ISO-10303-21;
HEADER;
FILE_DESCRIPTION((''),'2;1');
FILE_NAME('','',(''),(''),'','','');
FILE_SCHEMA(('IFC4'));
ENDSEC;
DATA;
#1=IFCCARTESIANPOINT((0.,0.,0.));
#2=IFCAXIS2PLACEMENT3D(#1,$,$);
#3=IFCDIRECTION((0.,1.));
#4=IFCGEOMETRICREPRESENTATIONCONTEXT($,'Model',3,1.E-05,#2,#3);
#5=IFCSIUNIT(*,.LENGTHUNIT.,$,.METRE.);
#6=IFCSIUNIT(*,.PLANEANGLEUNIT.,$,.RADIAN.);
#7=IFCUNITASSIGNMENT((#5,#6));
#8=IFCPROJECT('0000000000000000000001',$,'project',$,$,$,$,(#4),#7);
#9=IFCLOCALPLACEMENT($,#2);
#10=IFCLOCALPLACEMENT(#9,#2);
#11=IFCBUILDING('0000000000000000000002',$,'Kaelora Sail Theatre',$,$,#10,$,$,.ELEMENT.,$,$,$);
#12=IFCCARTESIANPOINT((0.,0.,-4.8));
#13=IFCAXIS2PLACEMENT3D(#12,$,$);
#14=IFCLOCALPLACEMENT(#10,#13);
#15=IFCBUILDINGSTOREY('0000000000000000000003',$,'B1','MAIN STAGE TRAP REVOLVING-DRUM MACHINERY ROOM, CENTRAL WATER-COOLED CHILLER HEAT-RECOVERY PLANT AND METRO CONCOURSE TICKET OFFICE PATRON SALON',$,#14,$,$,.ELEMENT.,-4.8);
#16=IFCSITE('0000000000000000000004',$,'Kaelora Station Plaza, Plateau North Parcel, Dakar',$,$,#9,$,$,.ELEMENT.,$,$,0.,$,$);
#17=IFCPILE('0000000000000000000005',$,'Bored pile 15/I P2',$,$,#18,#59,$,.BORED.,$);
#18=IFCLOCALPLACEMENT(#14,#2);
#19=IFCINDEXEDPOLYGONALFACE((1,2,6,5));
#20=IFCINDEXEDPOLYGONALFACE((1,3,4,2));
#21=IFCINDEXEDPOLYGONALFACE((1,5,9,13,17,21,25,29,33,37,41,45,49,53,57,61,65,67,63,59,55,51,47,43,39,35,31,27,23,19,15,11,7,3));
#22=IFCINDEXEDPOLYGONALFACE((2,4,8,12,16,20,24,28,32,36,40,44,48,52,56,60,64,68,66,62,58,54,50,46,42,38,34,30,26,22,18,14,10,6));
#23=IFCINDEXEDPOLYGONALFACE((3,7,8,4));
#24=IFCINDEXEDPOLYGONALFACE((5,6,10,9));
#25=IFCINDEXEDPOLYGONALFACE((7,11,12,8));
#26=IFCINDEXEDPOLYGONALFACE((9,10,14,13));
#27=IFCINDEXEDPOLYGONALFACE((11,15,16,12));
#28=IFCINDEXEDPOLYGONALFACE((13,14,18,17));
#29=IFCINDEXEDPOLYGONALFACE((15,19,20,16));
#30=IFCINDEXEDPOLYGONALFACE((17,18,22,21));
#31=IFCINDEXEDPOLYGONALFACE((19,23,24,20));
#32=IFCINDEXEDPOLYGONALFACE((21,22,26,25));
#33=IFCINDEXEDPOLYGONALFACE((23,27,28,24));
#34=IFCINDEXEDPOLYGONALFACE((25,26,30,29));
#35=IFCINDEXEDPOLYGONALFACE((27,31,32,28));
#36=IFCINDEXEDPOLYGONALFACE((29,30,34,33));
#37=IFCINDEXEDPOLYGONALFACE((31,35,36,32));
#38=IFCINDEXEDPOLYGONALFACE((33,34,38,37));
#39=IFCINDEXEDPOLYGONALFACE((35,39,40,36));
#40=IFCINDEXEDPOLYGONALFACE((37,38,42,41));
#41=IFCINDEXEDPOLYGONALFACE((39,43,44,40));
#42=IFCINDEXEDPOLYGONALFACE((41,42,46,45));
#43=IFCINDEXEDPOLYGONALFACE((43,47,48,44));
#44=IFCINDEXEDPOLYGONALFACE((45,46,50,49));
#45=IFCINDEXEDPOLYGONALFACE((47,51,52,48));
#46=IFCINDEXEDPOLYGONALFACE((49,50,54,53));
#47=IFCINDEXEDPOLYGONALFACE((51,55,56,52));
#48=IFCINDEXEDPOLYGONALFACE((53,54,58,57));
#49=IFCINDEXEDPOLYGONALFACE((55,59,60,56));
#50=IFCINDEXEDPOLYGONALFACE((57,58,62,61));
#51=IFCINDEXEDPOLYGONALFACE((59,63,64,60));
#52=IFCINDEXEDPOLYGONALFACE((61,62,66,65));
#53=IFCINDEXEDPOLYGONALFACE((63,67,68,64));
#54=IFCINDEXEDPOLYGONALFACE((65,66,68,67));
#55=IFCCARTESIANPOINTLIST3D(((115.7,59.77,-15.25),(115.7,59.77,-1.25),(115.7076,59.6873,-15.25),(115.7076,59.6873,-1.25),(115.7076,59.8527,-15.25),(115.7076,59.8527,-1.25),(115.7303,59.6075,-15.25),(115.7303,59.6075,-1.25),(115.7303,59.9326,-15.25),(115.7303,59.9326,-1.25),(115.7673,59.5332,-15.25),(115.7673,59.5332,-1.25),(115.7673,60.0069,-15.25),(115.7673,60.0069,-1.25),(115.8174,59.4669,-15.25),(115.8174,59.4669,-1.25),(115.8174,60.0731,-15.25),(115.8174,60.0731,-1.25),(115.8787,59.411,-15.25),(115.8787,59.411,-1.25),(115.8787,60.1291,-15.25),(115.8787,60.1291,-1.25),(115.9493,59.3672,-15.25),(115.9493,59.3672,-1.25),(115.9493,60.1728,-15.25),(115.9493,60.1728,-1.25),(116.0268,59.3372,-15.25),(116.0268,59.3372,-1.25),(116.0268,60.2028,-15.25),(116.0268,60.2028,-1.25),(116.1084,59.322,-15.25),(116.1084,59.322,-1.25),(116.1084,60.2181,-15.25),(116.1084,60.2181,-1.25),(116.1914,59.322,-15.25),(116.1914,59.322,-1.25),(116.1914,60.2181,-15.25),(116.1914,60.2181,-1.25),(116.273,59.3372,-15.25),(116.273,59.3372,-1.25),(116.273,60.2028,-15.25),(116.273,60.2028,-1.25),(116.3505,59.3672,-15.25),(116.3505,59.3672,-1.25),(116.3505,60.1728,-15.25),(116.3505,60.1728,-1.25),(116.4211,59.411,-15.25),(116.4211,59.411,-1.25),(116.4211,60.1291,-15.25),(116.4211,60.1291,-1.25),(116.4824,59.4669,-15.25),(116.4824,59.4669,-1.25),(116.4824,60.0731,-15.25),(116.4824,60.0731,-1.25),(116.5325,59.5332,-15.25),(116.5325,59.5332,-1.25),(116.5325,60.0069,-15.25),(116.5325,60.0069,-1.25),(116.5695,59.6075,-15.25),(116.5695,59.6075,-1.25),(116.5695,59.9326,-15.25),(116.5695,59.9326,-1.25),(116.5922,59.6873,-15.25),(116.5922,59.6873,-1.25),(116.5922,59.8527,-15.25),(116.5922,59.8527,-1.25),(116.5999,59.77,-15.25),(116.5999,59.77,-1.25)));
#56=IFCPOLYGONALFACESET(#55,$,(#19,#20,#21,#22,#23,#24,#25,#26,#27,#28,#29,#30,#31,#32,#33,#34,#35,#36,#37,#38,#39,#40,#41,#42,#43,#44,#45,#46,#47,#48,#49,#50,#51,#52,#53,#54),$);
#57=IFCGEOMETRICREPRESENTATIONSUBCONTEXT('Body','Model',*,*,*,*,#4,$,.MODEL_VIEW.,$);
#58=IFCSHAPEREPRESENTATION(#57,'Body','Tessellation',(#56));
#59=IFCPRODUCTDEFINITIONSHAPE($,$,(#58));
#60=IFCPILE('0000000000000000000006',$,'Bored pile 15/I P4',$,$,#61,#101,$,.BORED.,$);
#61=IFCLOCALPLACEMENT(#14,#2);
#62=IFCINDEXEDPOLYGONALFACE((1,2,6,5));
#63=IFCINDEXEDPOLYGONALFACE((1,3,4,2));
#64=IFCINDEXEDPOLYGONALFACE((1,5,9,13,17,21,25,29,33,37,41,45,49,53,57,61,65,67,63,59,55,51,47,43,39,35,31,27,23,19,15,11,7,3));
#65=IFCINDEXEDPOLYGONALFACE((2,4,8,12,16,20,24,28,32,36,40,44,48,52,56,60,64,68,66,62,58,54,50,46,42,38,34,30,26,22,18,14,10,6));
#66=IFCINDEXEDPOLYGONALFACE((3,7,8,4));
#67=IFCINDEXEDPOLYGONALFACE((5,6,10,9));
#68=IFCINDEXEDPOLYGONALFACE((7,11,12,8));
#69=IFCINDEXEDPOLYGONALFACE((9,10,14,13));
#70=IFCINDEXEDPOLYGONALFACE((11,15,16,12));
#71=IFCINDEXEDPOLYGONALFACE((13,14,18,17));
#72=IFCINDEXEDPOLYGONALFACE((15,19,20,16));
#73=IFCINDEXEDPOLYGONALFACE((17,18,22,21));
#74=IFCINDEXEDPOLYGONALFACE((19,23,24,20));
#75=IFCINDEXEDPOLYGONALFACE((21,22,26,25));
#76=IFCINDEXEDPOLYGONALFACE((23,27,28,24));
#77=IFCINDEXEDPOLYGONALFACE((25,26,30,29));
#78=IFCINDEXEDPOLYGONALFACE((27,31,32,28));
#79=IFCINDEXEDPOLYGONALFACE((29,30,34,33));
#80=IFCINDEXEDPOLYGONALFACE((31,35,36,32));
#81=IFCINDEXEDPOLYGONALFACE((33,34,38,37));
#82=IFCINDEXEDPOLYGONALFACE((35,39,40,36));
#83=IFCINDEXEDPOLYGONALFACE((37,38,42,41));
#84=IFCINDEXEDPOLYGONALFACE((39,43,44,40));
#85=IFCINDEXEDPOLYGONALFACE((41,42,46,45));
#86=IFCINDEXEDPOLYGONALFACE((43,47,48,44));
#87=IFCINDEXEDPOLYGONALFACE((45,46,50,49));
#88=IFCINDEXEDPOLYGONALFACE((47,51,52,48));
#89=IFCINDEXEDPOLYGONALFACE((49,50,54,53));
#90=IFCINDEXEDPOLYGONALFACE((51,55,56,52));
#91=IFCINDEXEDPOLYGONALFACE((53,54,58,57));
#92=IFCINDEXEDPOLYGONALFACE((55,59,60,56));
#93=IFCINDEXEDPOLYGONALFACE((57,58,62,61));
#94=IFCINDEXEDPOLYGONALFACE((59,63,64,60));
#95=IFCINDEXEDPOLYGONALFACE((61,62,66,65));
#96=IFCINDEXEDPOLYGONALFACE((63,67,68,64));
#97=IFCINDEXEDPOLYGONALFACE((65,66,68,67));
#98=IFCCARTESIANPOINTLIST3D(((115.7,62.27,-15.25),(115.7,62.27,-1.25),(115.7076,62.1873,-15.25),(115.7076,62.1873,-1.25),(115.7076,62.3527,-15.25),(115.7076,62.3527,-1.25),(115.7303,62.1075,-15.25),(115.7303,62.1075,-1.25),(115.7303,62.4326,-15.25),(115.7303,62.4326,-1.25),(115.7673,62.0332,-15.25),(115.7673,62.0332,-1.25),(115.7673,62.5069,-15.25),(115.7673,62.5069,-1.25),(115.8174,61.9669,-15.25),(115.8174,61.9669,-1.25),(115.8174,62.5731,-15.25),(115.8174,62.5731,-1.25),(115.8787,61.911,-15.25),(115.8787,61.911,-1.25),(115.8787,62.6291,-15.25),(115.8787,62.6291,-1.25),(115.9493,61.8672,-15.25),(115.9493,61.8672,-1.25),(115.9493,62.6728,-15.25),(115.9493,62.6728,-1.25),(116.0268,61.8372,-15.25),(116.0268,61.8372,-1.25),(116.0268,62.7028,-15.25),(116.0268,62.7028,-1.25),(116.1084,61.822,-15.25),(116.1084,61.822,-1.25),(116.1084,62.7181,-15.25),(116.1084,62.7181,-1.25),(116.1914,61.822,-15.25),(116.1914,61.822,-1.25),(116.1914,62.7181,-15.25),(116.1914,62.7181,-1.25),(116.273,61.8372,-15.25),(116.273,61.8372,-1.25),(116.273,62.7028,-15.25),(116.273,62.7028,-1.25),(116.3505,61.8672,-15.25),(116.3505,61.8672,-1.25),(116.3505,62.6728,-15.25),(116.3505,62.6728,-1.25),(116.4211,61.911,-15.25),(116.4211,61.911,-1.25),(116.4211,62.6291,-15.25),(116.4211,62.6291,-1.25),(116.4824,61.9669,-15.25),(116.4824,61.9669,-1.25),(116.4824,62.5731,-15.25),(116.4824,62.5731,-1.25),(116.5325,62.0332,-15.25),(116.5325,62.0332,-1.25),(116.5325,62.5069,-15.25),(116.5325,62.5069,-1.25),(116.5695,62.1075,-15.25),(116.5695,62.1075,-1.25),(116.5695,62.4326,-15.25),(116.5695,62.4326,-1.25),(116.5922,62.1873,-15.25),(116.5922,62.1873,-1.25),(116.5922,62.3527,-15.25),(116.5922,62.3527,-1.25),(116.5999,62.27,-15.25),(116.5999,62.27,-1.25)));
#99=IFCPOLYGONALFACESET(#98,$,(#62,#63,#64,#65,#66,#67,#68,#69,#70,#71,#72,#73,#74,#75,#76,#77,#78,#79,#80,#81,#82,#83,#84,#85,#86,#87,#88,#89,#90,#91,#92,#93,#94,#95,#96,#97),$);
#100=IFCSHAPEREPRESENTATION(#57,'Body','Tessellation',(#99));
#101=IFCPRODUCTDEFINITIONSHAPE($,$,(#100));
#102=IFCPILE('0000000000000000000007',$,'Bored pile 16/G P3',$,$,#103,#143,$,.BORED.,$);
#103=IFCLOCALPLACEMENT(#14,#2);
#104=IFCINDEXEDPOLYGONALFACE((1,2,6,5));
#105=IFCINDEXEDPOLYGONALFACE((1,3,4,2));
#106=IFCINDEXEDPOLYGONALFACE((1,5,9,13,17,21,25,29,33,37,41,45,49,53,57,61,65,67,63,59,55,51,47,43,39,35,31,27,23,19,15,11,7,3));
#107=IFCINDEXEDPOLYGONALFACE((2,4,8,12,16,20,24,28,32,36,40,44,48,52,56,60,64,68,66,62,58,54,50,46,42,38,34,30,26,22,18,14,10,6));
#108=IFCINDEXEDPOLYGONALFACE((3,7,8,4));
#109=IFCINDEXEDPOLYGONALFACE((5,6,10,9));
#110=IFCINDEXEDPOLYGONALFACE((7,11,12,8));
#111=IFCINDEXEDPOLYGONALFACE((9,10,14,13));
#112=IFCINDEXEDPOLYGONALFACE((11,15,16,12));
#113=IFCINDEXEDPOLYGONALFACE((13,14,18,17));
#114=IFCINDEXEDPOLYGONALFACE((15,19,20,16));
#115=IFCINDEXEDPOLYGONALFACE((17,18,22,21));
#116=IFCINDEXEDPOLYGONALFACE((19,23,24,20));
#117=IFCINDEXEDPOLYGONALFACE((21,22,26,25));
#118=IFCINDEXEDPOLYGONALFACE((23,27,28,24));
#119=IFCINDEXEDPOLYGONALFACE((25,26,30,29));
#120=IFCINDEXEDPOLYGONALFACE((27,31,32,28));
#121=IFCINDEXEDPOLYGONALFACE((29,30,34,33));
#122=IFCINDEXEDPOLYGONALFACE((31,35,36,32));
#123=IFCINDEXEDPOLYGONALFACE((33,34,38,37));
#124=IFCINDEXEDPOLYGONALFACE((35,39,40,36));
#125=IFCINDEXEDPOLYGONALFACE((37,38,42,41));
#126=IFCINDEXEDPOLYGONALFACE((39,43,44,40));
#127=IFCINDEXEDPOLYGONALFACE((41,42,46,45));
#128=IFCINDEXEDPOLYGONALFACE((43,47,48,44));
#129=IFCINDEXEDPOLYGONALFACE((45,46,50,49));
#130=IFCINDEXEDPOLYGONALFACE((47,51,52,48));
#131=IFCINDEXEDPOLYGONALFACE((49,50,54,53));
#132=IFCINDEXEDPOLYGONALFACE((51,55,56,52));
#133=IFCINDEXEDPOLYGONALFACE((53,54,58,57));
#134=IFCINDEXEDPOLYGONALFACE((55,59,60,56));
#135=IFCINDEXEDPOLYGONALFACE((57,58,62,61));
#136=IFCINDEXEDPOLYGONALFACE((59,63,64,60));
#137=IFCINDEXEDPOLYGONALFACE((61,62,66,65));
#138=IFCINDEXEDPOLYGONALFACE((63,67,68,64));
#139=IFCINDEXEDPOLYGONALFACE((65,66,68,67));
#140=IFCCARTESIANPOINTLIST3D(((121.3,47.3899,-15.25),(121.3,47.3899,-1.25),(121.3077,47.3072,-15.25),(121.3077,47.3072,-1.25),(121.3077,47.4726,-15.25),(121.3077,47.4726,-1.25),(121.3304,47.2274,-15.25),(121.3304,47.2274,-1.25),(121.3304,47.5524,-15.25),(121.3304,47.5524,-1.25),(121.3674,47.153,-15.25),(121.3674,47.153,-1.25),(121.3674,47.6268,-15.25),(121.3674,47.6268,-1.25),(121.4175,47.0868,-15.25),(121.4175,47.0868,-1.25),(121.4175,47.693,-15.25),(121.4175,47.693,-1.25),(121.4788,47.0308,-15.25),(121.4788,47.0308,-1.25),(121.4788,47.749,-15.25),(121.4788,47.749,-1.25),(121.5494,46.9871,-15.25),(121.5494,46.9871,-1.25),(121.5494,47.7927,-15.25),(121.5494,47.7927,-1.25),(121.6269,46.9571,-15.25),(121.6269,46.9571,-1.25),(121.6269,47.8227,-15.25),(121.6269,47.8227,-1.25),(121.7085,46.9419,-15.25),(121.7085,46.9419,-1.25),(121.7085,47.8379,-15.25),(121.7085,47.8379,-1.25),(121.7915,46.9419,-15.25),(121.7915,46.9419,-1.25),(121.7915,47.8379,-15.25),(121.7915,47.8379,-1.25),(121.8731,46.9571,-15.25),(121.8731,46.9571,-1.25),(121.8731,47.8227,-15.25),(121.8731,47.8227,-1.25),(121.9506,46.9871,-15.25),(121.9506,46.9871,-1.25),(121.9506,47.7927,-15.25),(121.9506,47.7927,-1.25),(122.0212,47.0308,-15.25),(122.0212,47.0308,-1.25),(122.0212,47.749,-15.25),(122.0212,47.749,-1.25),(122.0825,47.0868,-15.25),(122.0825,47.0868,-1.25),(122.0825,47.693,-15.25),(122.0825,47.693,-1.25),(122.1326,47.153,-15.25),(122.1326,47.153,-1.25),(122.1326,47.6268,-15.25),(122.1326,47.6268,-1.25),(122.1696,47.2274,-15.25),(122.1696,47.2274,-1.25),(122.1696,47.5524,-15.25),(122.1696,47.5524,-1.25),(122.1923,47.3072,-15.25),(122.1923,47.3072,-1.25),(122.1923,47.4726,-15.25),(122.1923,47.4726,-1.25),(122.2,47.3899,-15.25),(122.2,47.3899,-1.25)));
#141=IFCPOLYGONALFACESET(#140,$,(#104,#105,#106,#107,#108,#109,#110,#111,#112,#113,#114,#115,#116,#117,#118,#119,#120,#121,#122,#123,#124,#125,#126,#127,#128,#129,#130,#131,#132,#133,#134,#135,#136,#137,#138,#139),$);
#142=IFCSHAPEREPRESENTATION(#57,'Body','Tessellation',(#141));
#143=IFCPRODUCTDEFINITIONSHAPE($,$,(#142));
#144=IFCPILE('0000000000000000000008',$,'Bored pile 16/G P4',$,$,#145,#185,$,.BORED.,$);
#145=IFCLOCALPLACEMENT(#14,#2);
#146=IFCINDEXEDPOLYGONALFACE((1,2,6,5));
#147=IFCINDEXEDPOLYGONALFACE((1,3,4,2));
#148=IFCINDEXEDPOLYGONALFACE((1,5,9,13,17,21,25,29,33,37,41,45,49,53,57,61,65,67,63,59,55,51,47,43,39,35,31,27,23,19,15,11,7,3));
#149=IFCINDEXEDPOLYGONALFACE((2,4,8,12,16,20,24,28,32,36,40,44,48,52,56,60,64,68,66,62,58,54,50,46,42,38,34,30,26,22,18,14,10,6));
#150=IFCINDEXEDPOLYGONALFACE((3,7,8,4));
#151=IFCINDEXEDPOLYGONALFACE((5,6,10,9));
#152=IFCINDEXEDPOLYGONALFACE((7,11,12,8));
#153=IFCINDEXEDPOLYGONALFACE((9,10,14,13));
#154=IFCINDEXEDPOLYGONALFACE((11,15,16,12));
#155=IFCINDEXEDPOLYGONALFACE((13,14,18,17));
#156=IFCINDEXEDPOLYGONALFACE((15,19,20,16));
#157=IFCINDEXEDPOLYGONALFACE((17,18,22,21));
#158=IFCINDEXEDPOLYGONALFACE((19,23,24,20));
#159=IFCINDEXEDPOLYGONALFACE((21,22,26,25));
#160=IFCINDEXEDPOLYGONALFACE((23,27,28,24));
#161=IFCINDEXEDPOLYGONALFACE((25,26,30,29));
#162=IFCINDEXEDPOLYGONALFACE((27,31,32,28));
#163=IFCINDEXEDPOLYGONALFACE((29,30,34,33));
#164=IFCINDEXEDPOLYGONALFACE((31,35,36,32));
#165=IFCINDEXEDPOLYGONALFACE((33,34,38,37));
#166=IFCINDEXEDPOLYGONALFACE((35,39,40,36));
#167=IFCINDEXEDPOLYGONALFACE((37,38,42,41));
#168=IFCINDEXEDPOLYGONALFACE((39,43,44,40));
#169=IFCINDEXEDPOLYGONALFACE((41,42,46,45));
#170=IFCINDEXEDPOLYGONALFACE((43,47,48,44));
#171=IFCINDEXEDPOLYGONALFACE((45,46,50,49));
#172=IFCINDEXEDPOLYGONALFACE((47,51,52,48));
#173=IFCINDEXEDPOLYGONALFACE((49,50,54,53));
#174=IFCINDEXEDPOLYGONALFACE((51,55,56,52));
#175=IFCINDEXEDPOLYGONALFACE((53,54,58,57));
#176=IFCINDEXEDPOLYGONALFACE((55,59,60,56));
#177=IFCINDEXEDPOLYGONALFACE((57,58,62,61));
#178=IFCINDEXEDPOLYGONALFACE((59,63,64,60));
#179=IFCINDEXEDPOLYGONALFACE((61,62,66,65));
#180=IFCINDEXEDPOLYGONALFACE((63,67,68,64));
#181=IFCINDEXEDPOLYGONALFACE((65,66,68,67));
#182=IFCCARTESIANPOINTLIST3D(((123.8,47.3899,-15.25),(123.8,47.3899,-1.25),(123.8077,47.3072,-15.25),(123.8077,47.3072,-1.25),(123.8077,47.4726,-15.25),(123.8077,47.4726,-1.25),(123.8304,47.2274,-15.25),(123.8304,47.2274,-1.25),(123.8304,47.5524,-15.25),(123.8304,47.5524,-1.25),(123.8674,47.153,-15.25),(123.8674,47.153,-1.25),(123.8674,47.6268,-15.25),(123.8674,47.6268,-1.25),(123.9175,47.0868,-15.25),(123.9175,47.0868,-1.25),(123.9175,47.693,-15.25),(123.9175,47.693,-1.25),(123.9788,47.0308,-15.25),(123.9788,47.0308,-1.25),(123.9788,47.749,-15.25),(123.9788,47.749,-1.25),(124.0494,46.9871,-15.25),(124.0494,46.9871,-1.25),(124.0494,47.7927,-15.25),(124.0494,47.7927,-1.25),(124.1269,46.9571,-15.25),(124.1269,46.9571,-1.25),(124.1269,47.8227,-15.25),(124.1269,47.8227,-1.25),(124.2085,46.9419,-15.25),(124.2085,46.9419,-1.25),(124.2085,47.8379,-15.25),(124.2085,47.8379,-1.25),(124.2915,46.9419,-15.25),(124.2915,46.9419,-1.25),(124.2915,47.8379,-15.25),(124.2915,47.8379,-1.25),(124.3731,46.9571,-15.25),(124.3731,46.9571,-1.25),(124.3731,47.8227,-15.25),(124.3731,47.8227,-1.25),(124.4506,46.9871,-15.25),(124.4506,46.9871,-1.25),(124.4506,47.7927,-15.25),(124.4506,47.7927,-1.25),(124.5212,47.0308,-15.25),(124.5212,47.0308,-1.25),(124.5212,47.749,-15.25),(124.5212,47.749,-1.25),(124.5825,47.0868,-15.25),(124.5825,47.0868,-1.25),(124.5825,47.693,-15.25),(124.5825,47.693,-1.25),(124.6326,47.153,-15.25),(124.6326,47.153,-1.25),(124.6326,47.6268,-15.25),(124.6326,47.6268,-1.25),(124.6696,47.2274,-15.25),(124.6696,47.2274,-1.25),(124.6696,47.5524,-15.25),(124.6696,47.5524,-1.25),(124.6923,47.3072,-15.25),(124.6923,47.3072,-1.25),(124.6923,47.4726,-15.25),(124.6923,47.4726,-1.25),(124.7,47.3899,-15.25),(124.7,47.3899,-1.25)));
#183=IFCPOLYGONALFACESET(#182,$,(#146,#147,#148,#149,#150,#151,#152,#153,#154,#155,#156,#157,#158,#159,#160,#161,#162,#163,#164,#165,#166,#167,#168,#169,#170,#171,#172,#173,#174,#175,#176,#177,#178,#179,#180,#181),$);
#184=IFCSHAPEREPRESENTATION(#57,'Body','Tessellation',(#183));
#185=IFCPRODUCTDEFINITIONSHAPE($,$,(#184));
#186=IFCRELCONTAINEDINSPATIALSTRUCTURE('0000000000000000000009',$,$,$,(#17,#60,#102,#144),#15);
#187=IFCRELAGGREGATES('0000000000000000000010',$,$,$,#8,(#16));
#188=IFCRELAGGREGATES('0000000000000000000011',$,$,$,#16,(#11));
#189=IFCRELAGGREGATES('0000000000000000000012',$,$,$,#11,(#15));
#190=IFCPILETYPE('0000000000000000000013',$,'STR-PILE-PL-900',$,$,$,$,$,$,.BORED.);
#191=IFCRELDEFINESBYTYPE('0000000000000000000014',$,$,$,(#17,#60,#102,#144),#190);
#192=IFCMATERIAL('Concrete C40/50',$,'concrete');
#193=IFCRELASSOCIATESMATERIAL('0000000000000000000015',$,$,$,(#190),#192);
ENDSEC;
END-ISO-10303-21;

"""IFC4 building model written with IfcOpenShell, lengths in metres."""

from ifc_helpers import new_model, si_unit, direction, frame, origin, origin_2d, place, context, subcontext, project, spatial, circle, extrude, material, material_profile, profile_set, type_object, element, save


model = new_model("IFC4")

# Units and contexts
model_context = context("Model", 3, precision=1e-05, world=origin(), true_north=direction((0.0, 1.0)))
body_context = subcontext(model_context, "Body", "Model", "MODEL_VIEW")
ifc_project = project(units=[si_unit("LENGTHUNIT", "METRE"), si_unit("PLANEANGLEUNIT", "RADIAN")], contexts=[model_context])

# Site, building, storey
site_placement = place(None, origin())
site = spatial("IfcSite", under=ifc_project, at=site_placement, Name="Kaelora Station Plaza, Plateau North Parcel, Dakar", CompositionType="ELEMENT", RefElevation=0.0)
building_placement = place(site_placement, origin())
building = spatial("IfcBuilding", under=site, at=building_placement, Name="Kaelora Sail Theatre", CompositionType="ELEMENT")
storey_placement = place(building_placement, frame((0.0, 0.0, -4.8)))
storey = spatial("IfcBuildingStorey", under=building, at=storey_placement, Name="B1", Description="MAIN STAGE TRAP REVOLVING-DRUM MACHINERY ROOM, CENTRAL WATER-COOLED CHILLER HEAT-RECOVERY PLANT AND METRO CONCOURSE TICKET OFFICE PATRON SALON", CompositionType="ELEMENT", Elevation=-4.8)

# Piles
ifc_material_1 = material(Name="Concrete C40/50", Category="concrete")
ifc_material_profile_1 = material_profile(ifc_material_1, circle(Radius=0.45, at=origin_2d()), Name="PILE D900")
ifc_profile_set_1 = profile_set([ifc_material_profile_1], Name="Concrete C40/50")
pile_type_1 = type_object("IfcPileType", Name="STR-PILE-PL-900", PredefinedType="BORED", material=ifc_profile_set_1)
for number, where, z_axis, x_axis, name in (
    (1, (116.1499, 59.77, -1.25), (0.0, 0.0, -1.0), (1.0, 0.0, 0.0), "Bored pile 15/I P2"),
    (2, (116.1499, 62.27, -1.25), (0.0, 0.0, -1.0), (1.0, 0.0, 0.0), "Bored pile 15/I P4"),
    (3, (121.75, 47.3899, -1.25), (0.0, 0.0, -1.0), (1.0, 0.0, 0.0), "Bored pile 16/G P3"),
    (4, (124.25, 47.3899, -1.25), (0.0, 0.0, -1.0), (1.0, 0.0, 0.0), "Bored pile 16/G P4"),
):
    element("IfcPile", number, at=place(storey_placement, frame(where, z_axis=z_axis, x_axis=x_axis)), inside=storey, type_object=pile_type_1, Name=name, PredefinedType="BORED", context=body_context, shape_type="SweptSolid", body=[
        extrude(circle(Radius=0.45, at=origin_2d()), origin(), (0.0, 0.0, 1.0), 14.0),
    ])

save(model, "model.ifc")
